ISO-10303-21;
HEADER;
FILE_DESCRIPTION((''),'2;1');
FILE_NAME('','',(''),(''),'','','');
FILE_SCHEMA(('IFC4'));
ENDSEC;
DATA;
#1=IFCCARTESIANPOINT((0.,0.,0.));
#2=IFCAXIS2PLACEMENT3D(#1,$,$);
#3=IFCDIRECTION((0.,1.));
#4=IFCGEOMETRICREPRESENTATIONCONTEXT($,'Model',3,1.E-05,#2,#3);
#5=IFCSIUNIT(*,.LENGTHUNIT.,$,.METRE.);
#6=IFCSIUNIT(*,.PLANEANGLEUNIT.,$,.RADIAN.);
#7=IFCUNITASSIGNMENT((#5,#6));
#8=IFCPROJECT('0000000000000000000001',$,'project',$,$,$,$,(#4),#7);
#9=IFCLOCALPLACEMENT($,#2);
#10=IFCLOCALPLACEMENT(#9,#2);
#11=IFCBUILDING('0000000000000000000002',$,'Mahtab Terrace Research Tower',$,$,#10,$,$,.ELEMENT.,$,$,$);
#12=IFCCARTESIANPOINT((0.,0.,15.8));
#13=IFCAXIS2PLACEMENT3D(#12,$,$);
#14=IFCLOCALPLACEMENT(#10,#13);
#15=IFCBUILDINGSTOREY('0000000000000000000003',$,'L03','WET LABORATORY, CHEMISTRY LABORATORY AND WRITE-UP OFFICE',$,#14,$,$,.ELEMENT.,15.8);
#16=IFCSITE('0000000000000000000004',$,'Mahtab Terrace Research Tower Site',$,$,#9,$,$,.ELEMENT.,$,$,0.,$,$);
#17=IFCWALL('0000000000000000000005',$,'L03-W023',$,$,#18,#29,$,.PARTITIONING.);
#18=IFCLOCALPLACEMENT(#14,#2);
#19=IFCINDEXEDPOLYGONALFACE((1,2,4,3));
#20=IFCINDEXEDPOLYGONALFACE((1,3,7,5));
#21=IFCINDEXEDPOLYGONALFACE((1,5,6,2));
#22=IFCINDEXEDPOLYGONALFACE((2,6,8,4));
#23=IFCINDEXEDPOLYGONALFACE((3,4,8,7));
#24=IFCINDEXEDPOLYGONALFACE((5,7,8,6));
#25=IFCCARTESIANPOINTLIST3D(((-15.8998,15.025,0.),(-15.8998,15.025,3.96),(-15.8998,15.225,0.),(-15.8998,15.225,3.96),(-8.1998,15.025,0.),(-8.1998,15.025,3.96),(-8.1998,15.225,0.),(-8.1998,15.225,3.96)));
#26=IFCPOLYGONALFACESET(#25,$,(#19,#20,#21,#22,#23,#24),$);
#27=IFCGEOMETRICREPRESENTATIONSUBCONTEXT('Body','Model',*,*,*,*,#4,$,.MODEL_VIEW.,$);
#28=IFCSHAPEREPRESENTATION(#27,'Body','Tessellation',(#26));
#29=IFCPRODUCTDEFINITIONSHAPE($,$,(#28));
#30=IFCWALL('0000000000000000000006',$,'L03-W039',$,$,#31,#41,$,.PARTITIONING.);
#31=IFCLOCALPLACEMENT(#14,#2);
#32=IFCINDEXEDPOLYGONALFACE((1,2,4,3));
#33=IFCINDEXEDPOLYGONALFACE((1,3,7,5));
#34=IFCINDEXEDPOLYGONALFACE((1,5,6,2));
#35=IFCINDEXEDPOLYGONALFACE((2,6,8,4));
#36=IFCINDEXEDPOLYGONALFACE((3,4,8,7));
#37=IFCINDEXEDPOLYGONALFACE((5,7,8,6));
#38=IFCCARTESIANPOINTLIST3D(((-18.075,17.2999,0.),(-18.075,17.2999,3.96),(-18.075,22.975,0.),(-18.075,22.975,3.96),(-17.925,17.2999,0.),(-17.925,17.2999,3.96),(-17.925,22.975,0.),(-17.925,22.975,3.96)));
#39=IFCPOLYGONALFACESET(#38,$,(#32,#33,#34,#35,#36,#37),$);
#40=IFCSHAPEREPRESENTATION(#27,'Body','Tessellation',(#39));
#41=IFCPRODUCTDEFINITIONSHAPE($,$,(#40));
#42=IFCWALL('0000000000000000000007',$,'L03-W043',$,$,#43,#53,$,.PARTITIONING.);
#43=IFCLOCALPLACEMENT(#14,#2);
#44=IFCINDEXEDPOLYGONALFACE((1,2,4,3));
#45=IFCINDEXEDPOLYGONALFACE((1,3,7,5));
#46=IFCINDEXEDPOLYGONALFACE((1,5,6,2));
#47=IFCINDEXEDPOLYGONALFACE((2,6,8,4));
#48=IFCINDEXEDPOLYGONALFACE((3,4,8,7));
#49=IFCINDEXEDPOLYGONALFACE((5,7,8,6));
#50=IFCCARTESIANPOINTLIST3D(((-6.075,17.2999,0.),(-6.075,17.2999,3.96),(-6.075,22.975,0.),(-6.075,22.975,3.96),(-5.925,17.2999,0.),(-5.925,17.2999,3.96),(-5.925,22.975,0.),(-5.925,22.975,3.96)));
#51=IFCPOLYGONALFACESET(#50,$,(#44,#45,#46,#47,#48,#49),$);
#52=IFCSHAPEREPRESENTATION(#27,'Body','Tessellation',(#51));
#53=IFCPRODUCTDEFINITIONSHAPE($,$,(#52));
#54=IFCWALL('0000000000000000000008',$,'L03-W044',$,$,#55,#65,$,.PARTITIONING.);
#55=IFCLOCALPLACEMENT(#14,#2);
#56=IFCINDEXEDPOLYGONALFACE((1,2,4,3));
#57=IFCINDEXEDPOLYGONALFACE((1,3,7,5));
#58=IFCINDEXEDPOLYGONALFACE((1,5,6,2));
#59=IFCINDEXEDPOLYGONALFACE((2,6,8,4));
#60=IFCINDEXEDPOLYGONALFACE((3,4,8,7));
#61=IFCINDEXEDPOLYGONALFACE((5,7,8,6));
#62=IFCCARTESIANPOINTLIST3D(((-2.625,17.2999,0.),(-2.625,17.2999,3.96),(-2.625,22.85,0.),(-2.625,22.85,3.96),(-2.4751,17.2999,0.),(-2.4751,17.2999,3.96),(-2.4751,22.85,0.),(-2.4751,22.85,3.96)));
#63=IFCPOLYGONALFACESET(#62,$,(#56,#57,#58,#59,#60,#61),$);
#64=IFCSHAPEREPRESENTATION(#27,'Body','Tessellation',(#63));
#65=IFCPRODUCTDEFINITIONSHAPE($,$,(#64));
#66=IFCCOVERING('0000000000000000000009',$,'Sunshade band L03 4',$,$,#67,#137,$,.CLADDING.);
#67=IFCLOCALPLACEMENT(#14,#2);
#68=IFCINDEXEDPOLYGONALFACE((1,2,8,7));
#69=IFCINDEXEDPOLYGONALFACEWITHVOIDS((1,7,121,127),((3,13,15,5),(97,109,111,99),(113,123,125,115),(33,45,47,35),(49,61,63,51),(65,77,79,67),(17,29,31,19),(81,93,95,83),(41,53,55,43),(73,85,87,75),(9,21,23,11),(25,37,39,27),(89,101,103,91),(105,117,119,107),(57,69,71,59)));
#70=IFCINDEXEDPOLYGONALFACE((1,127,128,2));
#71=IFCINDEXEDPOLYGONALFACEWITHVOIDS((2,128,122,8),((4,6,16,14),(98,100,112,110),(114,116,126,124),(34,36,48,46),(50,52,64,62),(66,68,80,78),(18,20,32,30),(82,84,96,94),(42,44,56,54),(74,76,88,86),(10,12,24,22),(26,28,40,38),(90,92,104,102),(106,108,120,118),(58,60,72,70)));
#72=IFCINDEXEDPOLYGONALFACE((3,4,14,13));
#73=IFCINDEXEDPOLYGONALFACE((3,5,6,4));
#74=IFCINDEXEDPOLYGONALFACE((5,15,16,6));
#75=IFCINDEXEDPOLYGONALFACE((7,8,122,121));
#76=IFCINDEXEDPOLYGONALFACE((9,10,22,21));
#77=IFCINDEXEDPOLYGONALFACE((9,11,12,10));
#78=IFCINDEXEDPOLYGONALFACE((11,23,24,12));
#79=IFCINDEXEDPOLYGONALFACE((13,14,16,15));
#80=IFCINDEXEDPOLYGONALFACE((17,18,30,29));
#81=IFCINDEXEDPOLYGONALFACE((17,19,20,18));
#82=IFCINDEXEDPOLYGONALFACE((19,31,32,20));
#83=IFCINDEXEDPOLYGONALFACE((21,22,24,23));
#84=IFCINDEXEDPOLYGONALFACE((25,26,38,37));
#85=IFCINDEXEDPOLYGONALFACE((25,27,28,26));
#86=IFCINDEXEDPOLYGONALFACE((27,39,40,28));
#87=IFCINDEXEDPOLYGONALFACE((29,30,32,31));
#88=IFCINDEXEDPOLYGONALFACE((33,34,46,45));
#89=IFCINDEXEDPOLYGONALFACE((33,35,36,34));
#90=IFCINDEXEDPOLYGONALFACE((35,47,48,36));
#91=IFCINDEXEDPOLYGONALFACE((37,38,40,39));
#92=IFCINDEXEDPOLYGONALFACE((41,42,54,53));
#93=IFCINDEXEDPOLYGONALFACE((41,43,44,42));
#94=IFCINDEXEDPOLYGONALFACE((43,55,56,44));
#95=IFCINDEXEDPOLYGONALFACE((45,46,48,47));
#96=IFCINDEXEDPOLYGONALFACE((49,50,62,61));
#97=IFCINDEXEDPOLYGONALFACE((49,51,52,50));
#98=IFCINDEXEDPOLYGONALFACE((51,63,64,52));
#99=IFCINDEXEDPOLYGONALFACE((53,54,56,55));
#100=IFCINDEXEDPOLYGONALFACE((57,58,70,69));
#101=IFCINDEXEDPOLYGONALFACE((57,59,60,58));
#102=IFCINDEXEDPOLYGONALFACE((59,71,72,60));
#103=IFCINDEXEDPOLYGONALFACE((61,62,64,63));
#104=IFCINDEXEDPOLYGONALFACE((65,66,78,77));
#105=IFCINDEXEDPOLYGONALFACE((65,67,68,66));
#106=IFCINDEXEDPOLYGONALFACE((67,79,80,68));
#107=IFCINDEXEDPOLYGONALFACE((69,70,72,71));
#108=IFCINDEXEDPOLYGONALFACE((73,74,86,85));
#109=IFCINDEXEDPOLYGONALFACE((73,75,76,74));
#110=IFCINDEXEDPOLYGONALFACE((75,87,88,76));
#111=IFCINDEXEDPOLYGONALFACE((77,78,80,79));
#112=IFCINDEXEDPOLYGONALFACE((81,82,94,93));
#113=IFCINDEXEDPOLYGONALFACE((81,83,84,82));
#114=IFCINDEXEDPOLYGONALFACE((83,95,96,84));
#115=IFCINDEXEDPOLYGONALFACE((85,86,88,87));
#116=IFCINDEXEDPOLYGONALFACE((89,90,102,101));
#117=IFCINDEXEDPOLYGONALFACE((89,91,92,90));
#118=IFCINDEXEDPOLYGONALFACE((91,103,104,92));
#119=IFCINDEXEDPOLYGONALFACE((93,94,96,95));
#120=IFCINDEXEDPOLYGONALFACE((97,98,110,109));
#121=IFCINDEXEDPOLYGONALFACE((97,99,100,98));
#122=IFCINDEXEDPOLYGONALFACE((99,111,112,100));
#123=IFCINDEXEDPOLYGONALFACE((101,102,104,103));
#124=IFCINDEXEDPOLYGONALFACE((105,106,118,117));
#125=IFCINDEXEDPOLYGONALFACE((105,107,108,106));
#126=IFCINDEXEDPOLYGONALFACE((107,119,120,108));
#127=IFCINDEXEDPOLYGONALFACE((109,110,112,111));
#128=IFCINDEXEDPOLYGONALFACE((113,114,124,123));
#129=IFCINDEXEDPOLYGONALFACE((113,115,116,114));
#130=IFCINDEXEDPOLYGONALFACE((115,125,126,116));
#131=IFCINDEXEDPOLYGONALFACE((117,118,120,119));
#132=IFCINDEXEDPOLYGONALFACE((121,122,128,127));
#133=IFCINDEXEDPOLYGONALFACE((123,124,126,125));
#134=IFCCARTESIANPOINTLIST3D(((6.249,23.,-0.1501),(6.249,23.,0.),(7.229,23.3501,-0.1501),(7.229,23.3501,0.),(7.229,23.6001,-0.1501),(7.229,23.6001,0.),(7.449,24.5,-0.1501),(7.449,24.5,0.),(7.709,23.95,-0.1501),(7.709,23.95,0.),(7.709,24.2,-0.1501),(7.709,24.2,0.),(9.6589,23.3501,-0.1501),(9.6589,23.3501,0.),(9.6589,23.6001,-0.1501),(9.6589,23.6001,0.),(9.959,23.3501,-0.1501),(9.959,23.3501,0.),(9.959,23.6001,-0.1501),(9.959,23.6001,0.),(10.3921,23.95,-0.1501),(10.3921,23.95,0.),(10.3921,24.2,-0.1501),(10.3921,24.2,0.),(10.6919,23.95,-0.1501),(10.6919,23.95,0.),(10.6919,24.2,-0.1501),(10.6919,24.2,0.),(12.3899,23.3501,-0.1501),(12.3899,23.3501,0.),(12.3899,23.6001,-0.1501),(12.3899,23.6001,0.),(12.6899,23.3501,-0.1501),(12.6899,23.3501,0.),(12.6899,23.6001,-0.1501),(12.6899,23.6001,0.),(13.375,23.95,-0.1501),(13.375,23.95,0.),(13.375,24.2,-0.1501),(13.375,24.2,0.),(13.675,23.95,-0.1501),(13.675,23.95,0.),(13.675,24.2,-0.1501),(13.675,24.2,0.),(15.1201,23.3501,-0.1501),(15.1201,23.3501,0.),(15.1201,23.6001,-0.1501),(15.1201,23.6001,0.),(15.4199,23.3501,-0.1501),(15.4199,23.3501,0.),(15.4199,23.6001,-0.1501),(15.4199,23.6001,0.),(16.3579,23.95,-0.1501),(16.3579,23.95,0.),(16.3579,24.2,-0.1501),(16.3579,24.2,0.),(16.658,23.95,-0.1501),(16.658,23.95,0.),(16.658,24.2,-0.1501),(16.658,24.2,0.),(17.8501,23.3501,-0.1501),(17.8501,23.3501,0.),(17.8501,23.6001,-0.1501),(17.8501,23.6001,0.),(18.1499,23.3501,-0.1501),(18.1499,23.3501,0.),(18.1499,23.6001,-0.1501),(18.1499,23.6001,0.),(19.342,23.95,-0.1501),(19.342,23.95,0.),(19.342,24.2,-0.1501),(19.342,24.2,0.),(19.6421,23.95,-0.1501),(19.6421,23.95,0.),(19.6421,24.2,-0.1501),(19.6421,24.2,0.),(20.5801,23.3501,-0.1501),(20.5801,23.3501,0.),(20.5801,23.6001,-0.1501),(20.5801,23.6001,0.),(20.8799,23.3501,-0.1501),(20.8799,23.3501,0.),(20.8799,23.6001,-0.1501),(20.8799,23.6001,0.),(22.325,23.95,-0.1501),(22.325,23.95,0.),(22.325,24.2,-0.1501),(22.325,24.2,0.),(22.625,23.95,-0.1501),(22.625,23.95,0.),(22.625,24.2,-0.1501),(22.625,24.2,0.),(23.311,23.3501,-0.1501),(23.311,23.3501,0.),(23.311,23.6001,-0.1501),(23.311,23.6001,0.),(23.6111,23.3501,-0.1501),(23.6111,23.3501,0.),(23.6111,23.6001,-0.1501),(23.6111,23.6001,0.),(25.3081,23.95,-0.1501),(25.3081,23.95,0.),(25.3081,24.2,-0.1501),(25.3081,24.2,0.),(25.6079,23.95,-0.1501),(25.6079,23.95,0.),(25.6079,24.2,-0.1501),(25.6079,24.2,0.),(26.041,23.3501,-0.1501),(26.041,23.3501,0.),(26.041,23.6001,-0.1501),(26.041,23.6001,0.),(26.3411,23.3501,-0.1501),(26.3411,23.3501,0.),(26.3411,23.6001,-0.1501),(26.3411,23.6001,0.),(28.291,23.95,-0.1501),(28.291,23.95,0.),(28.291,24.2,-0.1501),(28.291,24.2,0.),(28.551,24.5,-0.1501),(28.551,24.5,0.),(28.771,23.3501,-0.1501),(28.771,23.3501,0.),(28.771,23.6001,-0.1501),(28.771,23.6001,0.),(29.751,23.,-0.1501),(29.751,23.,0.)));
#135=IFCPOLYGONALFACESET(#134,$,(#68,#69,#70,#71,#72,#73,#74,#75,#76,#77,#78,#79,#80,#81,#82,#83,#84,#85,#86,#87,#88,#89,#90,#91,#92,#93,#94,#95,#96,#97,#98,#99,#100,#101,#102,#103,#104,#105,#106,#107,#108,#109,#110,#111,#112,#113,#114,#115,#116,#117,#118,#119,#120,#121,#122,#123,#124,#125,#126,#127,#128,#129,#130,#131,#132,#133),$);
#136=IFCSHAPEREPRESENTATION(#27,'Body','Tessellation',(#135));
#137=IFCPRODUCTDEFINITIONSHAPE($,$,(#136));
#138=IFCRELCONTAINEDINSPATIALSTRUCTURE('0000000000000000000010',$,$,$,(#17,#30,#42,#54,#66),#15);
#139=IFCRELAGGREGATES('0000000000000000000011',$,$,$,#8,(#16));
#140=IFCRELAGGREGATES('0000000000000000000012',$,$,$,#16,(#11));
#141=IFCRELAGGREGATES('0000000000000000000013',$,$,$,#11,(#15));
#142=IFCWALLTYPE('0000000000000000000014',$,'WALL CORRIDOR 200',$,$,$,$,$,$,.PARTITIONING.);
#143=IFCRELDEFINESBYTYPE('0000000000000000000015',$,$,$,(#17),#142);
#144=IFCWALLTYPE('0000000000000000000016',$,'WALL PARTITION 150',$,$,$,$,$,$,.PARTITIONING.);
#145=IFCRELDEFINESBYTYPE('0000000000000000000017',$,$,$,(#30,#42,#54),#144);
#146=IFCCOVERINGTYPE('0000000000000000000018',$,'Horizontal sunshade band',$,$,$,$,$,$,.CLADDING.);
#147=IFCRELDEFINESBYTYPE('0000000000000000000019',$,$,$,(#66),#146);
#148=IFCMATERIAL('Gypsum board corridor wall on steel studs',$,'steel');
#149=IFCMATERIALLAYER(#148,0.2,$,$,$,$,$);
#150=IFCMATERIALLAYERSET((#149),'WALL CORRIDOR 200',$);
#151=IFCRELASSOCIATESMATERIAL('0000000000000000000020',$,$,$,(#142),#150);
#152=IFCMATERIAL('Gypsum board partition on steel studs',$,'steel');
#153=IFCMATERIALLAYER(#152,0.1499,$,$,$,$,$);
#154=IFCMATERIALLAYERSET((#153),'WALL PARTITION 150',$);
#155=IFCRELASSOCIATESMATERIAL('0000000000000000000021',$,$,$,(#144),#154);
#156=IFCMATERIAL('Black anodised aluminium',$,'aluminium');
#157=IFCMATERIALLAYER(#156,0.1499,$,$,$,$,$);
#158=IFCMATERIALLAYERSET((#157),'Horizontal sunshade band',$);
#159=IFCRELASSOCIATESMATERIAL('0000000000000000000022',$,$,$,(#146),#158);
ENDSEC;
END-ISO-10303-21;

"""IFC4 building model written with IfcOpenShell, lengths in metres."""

from ifc_helpers import new_model, si_unit, direction, frame, frame_2d, origin, place, context, subcontext, project, spatial, polyline, rectangle, outline, extrude, material, layer, layer_set, type_object, element, save


model = new_model("IFC4")

# Units and contexts
model_context = context("Model", 3, precision=1e-05, world=origin(), true_north=direction((0.0, 1.0)))
body_context = subcontext(model_context, "Body", "Model", "MODEL_VIEW")
ifc_project = project(units=[si_unit("LENGTHUNIT", "METRE"), si_unit("PLANEANGLEUNIT", "RADIAN")], contexts=[model_context])

# Site, building, storey
site_placement = place(None, origin())
site = spatial("IfcSite", under=ifc_project, at=site_placement, Name="Mahtab Terrace Research Tower Site", CompositionType="ELEMENT", RefElevation=0.0)
building_placement = place(site_placement, origin())
building = spatial("IfcBuilding", under=site, at=building_placement, Name="Mahtab Terrace Research Tower", CompositionType="ELEMENT")
storey_placement = place(building_placement, frame((0.0, 0.0, 15.8)))
storey = spatial("IfcBuildingStorey", under=building, at=storey_placement, Name="L03", Description="WET LABORATORY, CHEMISTRY LABORATORY AND WRITE-UP OFFICE", CompositionType="ELEMENT", Elevation=15.8)

# Walls
ifc_material_1 = material(Name="Gypsum board corridor wall on steel studs", Category="steel")
ifc_layer_1 = layer(ifc_material_1, 0.2)
ifc_layer_set_1 = layer_set([ifc_layer_1], Name="WALL CORRIDOR 200")
wall_type_1 = type_object("IfcWallType", Name="WALL CORRIDOR 200", PredefinedType="PARTITIONING", material=ifc_layer_set_1)
wall_1_placement = place(storey_placement, frame((-15.8999, 15.125, 0.0), z_axis=(0.0, 0.0, 1.0), x_axis=(1.0, 0.0, 0.0)))
element("IfcWall", 1, at=wall_1_placement, inside=storey, type_object=wall_type_1, Name="L03-W023", PredefinedType="PARTITIONING", context=body_context, shape_type="SweptSolid", body=[
    extrude(rectangle(XDim=7.7, YDim=0.2, at=frame_2d((3.8501, 0.0))), origin(), (0.0, 0.0, 1.0), 3.96),
])
ifc_material_2 = material(Name="Gypsum board partition on steel studs", Category="steel")
ifc_layer_2 = layer(ifc_material_2, 0.1499)
ifc_layer_set_2 = layer_set([ifc_layer_2], Name="WALL PARTITION 150")
wall_type_2 = type_object("IfcWallType", Name="WALL PARTITION 150", PredefinedType="PARTITIONING", material=ifc_layer_set_2)
for number, where, z_axis, x_axis, name in (
    (2, (-18.0, 17.3, 0.0), (0.0, 0.0, 1.0), (0.0, 1.0, 0.0), "L03-W039"),
    (3, (-6.0, 17.3, 0.0), (0.0, 0.0, 1.0), (0.0, 1.0, 0.0), "L03-W043"),
):
    element("IfcWall", number, at=place(storey_placement, frame(where, z_axis=z_axis, x_axis=x_axis)), inside=storey, type_object=wall_type_2, Name=name, PredefinedType="PARTITIONING", context=body_context, shape_type="SweptSolid", body=[
        extrude(rectangle(XDim=5.675, YDim=0.1499, at=frame_2d((2.8374, 0.0))), origin(), (0.0, 0.0, 1.0), 3.96),
    ])
wall_2_placement = place(storey_placement, frame((-2.55, 17.3, 0.0), z_axis=(0.0, 0.0, 1.0), x_axis=(0.0, 1.0, 0.0)))
element("IfcWall", 4, at=wall_2_placement, inside=storey, type_object=wall_type_2, Name="L03-W044", PredefinedType="PARTITIONING", context=body_context, shape_type="SweptSolid", body=[
    extrude(rectangle(XDim=5.55, YDim=0.1499, at=frame_2d((2.7749, 0.0))), origin(), (0.0, 0.0, 1.0), 3.96),
])

# Covering
ifc_material_3 = material(Name="Black anodised aluminium", Category="aluminium")
ifc_layer_3 = layer(ifc_material_3, 0.1499)
ifc_layer_set_3 = layer_set([ifc_layer_3], Name="Horizontal sunshade band")
covering_type = type_object("IfcCoveringType", Name="Horizontal sunshade band", PredefinedType="CLADDING", material=ifc_layer_set_3)
covering_1_placement = place(storey_placement, frame((0.0, 0.0, -0.1501)))
element("IfcCovering", 5, at=covering_1_placement, inside=storey, type_object=covering_type, Name="Sunshade band L03 4", PredefinedType="CLADDING", context=body_context, shape_type="SweptSolid", body=[
    extrude(outline(polyline([(29.751, 23.0), (6.249, 23.0), (7.449, 24.5), (28.551, 24.5), (29.751, 23.0)]), holes=[polyline([(28.771, 23.3501), (26.3411, 23.3501), (26.3411, 23.6001), (28.771, 23.6001), (28.771, 23.3501)]), polyline([(26.041, 23.3501), (23.6111, 23.3501), (23.6111, 23.6001), (26.041, 23.6001), (26.041, 23.3501)]), polyline([(23.311, 23.3501), (20.8799, 23.3501), (20.8799, 23.6001), (23.311, 23.6001), (23.311, 23.3501)]), polyline([(20.5801, 23.3501), (18.1499, 23.3501), (18.1499, 23.6001), (20.5801, 23.6001), (20.5801, 23.3501)]), polyline([(17.8501, 23.3501), (15.4199, 23.3501), (15.4199, 23.6001), (17.8501, 23.6001), (17.8501, 23.3501)]), polyline([(15.1201, 23.3501), (12.6899, 23.3501), (12.6899, 23.6001), (15.1201, 23.6001), (15.1201, 23.3501)]), polyline([(12.3899, 23.3501), (9.959, 23.3501), (9.959, 23.6001), (12.3899, 23.6001), (12.3899, 23.3501)]), polyline([(9.6589, 23.3501), (7.229, 23.3501), (7.229, 23.6001), (9.6589, 23.6001), (9.6589, 23.3501)]), polyline([(28.291, 23.95), (25.6079, 23.95), (25.6079, 24.2), (28.291, 24.2), (28.291, 23.95)]), polyline([(25.3081, 23.95), (22.625, 23.95), (22.625, 24.2), (25.3081, 24.2), (25.3081, 23.95)]), polyline([(22.325, 23.95), (19.6421, 23.95), (19.6421, 24.2), (22.325, 24.2), (22.325, 23.95)]), polyline([(19.342, 23.95), (16.658, 23.95), (16.658, 24.2), (19.342, 24.2), (19.342, 23.95)]), polyline([(16.3579, 23.95), (13.675, 23.95), (13.675, 24.2), (16.3579, 24.2), (16.3579, 23.95)]), polyline([(13.375, 23.95), (10.6919, 23.95), (10.6919, 24.2), (13.375, 24.2), (13.375, 23.95)]), polyline([(10.3921, 23.95), (7.709, 23.95), (7.709, 24.2), (10.3921, 24.2), (10.3921, 23.95)])]), origin(), (0.0, 0.0, 1.0), 0.1501),
])

save(model, "model.ifc")
